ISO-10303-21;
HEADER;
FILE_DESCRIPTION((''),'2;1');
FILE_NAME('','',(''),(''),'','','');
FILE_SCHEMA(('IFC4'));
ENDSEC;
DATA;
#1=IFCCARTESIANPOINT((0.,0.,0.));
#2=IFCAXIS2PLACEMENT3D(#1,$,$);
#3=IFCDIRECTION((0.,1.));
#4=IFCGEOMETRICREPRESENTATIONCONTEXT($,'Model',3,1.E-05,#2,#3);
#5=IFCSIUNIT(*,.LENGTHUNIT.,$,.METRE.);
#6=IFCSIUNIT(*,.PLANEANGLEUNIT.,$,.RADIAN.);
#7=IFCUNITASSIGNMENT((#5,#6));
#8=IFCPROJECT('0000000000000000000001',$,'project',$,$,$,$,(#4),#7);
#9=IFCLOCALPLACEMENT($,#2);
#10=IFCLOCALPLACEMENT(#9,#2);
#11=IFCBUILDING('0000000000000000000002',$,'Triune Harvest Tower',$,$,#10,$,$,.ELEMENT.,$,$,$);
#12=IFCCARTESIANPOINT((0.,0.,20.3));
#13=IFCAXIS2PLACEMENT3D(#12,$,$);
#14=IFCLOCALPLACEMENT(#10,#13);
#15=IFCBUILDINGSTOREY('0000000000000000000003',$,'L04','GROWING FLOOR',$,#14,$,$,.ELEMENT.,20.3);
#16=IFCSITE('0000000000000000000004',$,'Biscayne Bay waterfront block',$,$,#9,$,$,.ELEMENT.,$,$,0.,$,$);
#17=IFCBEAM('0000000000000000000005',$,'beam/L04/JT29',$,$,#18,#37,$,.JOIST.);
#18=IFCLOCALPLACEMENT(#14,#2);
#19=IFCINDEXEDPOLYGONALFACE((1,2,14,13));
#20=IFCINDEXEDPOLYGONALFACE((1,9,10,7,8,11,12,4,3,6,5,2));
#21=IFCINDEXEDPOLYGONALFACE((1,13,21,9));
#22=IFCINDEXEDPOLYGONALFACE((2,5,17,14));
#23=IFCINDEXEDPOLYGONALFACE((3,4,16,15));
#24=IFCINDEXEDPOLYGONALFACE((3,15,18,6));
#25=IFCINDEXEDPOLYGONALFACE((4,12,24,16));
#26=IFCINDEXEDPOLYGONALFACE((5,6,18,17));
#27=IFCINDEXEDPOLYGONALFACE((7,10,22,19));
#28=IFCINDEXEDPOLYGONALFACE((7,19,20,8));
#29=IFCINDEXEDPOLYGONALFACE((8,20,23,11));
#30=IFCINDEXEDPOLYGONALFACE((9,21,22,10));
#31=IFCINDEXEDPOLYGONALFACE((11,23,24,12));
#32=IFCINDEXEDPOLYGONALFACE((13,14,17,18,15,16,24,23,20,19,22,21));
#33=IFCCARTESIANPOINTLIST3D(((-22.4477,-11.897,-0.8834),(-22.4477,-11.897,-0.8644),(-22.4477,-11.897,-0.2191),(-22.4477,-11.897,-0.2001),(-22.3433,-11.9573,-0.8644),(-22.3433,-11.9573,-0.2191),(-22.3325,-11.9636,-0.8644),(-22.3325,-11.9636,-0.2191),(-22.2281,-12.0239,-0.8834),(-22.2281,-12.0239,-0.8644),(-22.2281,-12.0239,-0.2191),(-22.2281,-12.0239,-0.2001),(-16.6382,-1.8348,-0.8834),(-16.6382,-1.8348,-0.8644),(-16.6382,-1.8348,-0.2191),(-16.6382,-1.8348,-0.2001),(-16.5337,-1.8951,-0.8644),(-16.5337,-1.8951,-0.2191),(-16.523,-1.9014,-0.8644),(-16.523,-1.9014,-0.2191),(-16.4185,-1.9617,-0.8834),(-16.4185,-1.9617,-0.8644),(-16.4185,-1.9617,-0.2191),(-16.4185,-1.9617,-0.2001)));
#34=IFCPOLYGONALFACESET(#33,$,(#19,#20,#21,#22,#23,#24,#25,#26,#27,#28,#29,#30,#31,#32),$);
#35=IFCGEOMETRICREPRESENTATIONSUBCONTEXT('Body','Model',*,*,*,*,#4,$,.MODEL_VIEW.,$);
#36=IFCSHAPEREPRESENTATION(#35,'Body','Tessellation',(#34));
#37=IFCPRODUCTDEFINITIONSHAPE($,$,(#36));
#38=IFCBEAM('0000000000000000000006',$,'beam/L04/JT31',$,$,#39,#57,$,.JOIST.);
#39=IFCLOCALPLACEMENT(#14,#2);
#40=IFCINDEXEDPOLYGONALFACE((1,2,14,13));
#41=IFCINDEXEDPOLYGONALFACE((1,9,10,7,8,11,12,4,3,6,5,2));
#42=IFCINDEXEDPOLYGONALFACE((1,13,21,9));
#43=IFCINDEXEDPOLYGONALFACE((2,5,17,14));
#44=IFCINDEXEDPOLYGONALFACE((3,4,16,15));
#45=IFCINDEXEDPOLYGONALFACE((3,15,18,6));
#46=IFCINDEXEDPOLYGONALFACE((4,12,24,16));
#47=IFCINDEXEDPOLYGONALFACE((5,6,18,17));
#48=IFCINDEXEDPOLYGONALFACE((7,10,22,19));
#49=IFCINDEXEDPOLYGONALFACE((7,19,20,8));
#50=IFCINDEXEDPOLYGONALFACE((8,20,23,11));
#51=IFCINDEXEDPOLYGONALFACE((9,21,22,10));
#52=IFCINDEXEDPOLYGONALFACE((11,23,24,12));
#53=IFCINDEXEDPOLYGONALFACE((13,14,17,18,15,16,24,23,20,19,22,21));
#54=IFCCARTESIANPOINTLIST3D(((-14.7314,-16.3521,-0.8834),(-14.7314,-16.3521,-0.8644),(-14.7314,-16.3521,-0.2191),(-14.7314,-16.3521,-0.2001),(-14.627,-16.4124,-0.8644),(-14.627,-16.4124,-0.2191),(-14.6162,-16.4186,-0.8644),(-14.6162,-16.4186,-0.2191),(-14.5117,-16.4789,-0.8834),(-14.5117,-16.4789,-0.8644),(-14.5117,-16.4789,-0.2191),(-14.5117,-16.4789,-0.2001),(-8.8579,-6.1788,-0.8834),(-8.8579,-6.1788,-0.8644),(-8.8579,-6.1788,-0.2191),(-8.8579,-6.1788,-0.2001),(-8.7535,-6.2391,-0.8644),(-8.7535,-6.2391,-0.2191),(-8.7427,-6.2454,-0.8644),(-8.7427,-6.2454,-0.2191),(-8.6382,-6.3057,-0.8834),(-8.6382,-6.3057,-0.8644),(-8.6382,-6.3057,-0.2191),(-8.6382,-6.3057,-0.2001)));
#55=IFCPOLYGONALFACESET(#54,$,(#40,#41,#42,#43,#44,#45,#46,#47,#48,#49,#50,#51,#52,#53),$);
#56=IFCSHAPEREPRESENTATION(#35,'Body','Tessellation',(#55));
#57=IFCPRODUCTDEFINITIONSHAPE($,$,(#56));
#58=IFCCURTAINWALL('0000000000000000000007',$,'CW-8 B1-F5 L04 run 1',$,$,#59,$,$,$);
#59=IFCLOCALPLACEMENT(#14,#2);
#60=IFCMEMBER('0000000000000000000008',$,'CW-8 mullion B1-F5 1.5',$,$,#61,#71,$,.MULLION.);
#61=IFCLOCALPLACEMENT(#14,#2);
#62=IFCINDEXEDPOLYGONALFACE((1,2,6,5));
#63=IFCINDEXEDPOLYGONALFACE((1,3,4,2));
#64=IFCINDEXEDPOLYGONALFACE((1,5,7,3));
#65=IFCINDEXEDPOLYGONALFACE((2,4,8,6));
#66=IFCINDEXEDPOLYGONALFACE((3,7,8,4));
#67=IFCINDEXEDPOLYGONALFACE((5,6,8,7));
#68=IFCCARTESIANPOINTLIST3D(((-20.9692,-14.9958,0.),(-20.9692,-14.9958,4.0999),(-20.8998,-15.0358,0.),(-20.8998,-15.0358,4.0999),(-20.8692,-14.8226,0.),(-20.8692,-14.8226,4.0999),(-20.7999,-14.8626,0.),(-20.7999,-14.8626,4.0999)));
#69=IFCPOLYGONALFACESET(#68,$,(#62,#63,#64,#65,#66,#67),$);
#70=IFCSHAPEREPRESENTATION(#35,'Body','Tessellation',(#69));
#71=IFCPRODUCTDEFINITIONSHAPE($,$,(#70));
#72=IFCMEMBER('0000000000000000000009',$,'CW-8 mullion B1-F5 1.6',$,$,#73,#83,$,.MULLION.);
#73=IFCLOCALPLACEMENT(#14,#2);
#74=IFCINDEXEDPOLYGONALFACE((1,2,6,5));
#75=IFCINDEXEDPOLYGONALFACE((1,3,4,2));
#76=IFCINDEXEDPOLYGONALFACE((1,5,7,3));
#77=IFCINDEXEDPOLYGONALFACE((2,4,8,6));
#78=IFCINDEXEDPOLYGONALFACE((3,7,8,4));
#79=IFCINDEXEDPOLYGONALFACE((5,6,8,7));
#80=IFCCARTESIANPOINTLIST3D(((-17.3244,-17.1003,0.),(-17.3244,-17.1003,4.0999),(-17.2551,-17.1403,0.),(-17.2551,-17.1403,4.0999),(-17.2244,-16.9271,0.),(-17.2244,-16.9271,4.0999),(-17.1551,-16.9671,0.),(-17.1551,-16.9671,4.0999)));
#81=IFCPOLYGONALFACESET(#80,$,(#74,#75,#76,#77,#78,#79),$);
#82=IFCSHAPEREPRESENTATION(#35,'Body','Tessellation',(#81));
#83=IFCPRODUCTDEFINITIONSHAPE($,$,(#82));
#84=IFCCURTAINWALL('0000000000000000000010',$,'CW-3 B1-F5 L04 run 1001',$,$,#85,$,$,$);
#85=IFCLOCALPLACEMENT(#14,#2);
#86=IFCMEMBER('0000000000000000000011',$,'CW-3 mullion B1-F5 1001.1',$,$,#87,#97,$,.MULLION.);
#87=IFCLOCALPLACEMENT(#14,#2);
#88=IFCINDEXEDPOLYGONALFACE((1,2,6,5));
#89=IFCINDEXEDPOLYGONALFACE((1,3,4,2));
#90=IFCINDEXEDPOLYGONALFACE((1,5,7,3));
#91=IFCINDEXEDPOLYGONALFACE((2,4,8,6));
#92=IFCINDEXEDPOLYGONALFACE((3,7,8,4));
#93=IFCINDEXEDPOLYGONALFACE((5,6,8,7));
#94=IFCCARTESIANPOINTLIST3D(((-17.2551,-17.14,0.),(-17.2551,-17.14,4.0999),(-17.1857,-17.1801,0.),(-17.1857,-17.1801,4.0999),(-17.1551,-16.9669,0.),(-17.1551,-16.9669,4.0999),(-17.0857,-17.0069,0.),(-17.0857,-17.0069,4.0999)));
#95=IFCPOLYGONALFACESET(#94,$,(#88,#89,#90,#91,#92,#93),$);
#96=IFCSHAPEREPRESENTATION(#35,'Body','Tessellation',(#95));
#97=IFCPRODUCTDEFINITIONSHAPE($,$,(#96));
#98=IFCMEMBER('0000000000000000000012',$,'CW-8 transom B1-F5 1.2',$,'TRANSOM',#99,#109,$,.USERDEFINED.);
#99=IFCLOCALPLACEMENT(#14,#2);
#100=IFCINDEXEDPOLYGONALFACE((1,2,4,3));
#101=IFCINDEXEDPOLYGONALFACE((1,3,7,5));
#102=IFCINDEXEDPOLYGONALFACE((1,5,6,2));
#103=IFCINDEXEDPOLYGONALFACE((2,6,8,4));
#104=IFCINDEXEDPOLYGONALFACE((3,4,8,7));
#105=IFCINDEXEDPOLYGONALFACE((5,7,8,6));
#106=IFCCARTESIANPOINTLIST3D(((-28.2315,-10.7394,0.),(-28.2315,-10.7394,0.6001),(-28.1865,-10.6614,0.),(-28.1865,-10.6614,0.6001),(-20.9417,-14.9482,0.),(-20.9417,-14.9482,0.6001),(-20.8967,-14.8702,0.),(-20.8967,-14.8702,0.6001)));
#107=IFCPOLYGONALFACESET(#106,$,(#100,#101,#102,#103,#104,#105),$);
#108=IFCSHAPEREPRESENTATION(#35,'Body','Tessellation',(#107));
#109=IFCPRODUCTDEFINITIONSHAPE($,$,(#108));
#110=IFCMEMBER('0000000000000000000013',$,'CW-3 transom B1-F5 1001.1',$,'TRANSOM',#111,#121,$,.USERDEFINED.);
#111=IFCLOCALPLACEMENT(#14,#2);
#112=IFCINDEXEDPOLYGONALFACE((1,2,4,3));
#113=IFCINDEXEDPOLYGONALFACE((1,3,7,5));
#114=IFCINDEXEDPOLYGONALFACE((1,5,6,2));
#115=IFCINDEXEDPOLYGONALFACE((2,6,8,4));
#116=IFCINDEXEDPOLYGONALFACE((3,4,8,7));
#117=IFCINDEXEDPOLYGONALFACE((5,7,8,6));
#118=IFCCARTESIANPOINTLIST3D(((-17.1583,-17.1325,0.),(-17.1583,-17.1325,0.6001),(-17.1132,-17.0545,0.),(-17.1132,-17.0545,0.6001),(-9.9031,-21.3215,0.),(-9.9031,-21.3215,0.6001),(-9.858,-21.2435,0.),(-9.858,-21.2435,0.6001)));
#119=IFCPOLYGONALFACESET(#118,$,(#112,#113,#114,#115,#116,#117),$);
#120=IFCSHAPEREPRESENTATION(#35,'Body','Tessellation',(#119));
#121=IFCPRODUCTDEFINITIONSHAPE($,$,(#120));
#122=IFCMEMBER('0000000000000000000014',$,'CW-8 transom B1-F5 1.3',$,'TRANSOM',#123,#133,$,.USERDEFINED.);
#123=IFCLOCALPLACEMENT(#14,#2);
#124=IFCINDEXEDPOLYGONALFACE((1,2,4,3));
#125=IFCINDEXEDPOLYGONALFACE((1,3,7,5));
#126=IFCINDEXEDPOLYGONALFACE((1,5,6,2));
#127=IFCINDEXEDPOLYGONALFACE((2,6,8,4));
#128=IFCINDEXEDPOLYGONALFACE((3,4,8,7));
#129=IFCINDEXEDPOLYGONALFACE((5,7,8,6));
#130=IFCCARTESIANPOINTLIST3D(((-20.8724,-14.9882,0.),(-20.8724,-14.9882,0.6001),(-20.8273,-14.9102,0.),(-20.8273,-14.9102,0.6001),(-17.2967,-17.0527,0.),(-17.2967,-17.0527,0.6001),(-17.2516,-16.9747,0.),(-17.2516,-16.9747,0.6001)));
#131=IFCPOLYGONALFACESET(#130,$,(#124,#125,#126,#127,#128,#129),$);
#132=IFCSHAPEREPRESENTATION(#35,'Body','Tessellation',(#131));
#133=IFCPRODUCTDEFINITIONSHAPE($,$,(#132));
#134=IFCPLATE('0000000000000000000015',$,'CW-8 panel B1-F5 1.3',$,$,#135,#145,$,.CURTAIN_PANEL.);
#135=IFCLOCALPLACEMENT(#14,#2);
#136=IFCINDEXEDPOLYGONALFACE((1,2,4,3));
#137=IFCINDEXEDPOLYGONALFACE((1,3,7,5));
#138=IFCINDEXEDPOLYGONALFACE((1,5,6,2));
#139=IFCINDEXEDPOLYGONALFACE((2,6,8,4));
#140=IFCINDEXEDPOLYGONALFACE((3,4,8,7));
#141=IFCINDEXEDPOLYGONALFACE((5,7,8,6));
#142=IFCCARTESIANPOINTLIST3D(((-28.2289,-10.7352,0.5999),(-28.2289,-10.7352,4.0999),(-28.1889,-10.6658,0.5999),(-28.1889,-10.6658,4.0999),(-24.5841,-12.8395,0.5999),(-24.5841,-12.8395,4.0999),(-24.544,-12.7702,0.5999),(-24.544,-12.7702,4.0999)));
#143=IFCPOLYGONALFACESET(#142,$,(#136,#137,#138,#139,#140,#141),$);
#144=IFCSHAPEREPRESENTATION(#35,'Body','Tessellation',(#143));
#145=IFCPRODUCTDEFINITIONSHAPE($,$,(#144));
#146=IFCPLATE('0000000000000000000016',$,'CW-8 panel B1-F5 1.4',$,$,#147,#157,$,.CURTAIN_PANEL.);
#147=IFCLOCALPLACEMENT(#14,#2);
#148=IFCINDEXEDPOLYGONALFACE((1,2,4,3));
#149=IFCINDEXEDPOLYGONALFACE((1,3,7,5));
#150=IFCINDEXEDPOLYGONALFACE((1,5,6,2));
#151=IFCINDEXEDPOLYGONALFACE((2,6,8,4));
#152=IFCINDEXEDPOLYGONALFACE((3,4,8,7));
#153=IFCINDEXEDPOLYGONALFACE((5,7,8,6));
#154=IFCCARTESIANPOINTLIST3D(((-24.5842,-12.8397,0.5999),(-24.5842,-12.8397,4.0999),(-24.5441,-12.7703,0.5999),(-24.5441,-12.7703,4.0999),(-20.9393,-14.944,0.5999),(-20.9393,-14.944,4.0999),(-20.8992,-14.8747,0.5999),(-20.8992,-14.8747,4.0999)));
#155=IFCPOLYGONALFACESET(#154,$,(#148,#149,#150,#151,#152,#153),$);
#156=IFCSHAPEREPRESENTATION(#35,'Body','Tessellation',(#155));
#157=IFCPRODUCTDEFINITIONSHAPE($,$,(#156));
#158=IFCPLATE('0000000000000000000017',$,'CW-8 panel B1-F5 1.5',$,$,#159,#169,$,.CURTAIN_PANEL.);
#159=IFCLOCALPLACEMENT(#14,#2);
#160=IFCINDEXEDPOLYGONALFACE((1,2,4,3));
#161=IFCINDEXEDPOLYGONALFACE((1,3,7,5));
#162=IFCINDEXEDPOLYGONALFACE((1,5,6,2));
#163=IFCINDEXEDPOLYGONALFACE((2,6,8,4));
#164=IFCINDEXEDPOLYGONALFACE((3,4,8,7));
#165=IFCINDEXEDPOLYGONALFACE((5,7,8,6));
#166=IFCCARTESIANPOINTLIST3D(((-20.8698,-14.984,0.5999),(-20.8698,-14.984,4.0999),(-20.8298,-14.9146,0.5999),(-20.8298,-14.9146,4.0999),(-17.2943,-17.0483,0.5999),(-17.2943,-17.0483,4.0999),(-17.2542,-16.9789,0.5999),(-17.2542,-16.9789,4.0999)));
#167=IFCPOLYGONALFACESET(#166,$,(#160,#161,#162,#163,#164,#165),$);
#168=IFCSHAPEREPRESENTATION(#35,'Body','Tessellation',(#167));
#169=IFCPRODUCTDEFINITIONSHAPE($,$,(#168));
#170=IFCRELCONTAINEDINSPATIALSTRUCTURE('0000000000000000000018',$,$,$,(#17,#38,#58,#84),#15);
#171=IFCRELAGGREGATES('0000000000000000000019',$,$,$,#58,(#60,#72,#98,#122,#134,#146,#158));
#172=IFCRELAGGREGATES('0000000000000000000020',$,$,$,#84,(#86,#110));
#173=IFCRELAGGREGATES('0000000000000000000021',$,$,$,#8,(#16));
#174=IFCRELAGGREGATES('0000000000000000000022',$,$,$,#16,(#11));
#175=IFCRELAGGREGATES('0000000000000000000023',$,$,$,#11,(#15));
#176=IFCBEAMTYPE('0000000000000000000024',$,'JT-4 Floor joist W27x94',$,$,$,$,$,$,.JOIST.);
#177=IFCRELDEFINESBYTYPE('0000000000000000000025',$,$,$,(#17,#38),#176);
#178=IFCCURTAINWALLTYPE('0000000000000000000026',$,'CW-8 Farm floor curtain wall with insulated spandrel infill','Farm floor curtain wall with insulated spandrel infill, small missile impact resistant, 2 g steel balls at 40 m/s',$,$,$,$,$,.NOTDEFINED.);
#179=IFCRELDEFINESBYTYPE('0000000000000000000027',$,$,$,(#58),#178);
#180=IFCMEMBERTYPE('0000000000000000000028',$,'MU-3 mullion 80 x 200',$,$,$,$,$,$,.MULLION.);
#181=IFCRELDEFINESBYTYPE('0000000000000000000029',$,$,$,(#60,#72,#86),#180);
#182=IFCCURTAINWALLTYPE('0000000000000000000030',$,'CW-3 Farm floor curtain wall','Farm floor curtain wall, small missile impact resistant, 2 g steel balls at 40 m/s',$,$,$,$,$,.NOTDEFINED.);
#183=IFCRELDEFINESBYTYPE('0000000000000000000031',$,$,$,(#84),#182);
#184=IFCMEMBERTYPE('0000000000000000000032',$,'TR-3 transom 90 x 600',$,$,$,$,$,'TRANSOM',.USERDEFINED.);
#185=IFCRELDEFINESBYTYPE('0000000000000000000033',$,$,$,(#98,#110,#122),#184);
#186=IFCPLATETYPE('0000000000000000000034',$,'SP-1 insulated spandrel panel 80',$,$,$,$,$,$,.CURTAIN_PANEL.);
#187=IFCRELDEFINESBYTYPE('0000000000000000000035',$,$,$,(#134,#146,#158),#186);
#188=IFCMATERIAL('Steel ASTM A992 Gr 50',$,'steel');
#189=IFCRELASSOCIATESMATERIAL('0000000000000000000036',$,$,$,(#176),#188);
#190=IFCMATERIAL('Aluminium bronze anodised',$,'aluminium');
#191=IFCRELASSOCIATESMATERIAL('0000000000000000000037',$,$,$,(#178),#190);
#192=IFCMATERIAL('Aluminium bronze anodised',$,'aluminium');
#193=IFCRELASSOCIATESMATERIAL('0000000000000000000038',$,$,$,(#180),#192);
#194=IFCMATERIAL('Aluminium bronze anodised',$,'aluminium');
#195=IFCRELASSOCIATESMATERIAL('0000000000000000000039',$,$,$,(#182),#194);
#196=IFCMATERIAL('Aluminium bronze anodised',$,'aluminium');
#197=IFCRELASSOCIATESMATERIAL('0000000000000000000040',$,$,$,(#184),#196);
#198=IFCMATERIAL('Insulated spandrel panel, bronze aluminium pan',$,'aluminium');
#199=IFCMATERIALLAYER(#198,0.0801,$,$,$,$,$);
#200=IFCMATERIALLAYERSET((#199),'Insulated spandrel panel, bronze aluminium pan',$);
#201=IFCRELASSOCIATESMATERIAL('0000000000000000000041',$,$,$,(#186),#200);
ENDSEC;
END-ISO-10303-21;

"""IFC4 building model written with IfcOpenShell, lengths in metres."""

from ifc_helpers import new_model, si_unit, direction, frame, origin, origin_2d, place, context, subcontext, project, spatial, rectangle, i_section, extrude, source, transform, mapped, material, layer, layer_set, material_profile, profile_set, type_object, element, aggregate, save


model = new_model("IFC4")

# Units and contexts
model_context = context("Model", 3, precision=1e-05, world=origin(), true_north=direction((0.0, 1.0)))
body_context = subcontext(model_context, "Body", "Model", "MODEL_VIEW")
ifc_project = project(units=[si_unit("LENGTHUNIT", "METRE"), si_unit("PLANEANGLEUNIT", "RADIAN")], contexts=[model_context])

# Site, building, storey
site_placement = place(None, origin())
site = spatial("IfcSite", under=ifc_project, at=site_placement, Name="Biscayne Bay waterfront block", CompositionType="ELEMENT", RefElevation=0.0)
building_placement = place(site_placement, origin())
building = spatial("IfcBuilding", under=site, at=building_placement, Name="Triune Harvest Tower", CompositionType="ELEMENT")
storey_placement = place(building_placement, frame((0.0, 0.0, 20.3)))
storey = spatial("IfcBuildingStorey", under=building, at=storey_placement, Name="L04", Description="GROWING FLOOR", CompositionType="ELEMENT", Elevation=20.3)

# Beams
ifc_material_1 = material(Name="Steel ASTM A992 Gr 50", Category="steel")
ifc_material_profile_1 = material_profile(ifc_material_1, i_section(OverallWidth=0.2537, OverallDepth=0.6833, WebThickness=0.0125, FlangeThickness=0.019, at=origin_2d()), Name="W27x94")
ifc_profile_set_1 = profile_set([ifc_material_profile_1], Name="Steel ASTM A992 Gr 50")
beam_type_1 = type_object("IfcBeamType", Name="JT-4 Floor joist W27x94", PredefinedType="JOIST", material=ifc_profile_set_1)
shared_shape_1 = source(origin(), body_context, "Body", "SweptSolid", [
    extrude(i_section(OverallWidth=0.2537, OverallDepth=0.6833, WebThickness=0.0125, FlangeThickness=0.019, at=origin_2d()), origin(), (0.0, 0.0, 1.0), 11.6189),
])
beam_1_placement = place(storey_placement, frame((-22.3379, -11.9604, -0.5417), z_axis=(0.500008, 0.866021, 0.0), x_axis=(-0.866021, 0.500008, 0.0)))
element("IfcBeam", 1, at=beam_1_placement, inside=storey, type_object=beam_type_1, Name="beam/L04/JT29", PredefinedType="JOIST", context=body_context, shape_type="MappedRepresentation", body=[
    mapped(shared_shape_1, transform((0.0, 0.0, 0.0), scale=1.0)),
])
shared_shape_2 = source(origin(), body_context, "Body", "SweptSolid", [
    extrude(i_section(OverallWidth=0.2537, OverallDepth=0.6833, WebThickness=0.0125, FlangeThickness=0.019, at=origin_2d()), origin(), (0.0, 0.0, 1.0), 11.7471),
])
beam_2_placement = place(storey_placement, frame((-14.6216, -16.4155, -0.5417), z_axis=(0.499997, 0.866027, 0.0), x_axis=(-0.866027, 0.499997, 0.0)))
element("IfcBeam", 2, at=beam_2_placement, inside=storey, type_object=beam_type_1, Name="beam/L04/JT31", PredefinedType="JOIST", context=body_context, shape_type="MappedRepresentation", body=[
    mapped(shared_shape_2, transform((0.0, 0.0, 0.0), scale=1.0)),
])

# Curtain wall, members
ifc_material_2 = material(Name="Aluminium bronze anodised", Category="aluminium")
curtain_wall_type_1 = type_object("IfcCurtainWallType", Name="CW-8 Farm floor curtain wall with insulated spandrel infill", Description="Farm floor curtain wall with insulated spandrel infill, small missile impact resistant, 2 g steel balls at 40 m/s", PredefinedType="NOTDEFINED", material=ifc_material_2)
curtain_wall_1_placement = place(storey_placement, origin())
curtain_wall_1 = element("IfcCurtainWall", 3, at=curtain_wall_1_placement, inside=storey, type_object=curtain_wall_type_1, Name="CW-8 B1-F5 L04 run 1")
ifc_material_3 = material(Name="Aluminium bronze anodised", Category="aluminium")
ifc_material_profile_2 = material_profile(ifc_material_3, rectangle(XDim=0.2, YDim=0.0801, at=origin_2d()), Name="MU-3 mullion 80 x 200")
ifc_profile_set_2 = profile_set([ifc_material_profile_2], Name="Aluminium bronze anodised")
member_type_1 = type_object("IfcMemberType", Name="MU-3 mullion 80 x 200", PredefinedType="MULLION", material=ifc_profile_set_2)
shared_shape_3 = source(origin(), body_context, "Body", "SweptSolid", [
    extrude(rectangle(XDim=0.2, YDim=0.0801, at=origin_2d()), origin(), (0.0, 0.0, 1.0), 4.0999),
])
member_1_placement = place(storey_placement, frame((-20.8845, -14.9292, 0.0), z_axis=(0.0, 0.0, 1.0), x_axis=(0.499999, 0.866026, 0.0)))
member_1 = element("IfcMember", 4, at=member_1_placement, type_object=member_type_1, Name="CW-8 mullion B1-F5 1.5", PredefinedType="MULLION", context=body_context, shape_type="MappedRepresentation", body=[
    mapped(shared_shape_3, transform((0.0, 0.0, 0.0), scale=1.0)),
])
member_2_placement = place(storey_placement, frame((-17.2397, -17.0337, 0.0), z_axis=(0.0, 0.0, 1.0), x_axis=(0.499999, 0.866026, 0.0)))
member_2 = element("IfcMember", 5, at=member_2_placement, type_object=member_type_1, Name="CW-8 mullion B1-F5 1.6", PredefinedType="MULLION", context=body_context, shape_type="MappedRepresentation", body=[
    mapped(shared_shape_3, transform((0.0, 0.0, 0.0), scale=1.0)),
])

# Curtain wall, member
ifc_material_4 = material(Name="Aluminium bronze anodised", Category="aluminium")
curtain_wall_type_2 = type_object("IfcCurtainWallType", Name="CW-3 Farm floor curtain wall", Description="Farm floor curtain wall, small missile impact resistant, 2 g steel balls at 40 m/s", PredefinedType="NOTDEFINED", material=ifc_material_4)
curtain_wall_2_placement = place(storey_placement, origin())
curtain_wall_2 = element("IfcCurtainWall", 6, at=curtain_wall_2_placement, inside=storey, type_object=curtain_wall_type_2, Name="CW-3 B1-F5 L04 run 1001")
member_3_placement = place(storey_placement, frame((-17.1704, -17.0735, 0.0), z_axis=(0.0, 0.0, 1.0), x_axis=(0.5, 0.866025, 0.0)))
member_3 = element("IfcMember", 7, at=member_3_placement, type_object=member_type_1, Name="CW-3 mullion B1-F5 1001.1", PredefinedType="MULLION", context=body_context, shape_type="MappedRepresentation", body=[
    mapped(shared_shape_3, transform((0.0, 0.0, 0.0), scale=1.0)),
])

# Members
ifc_material_5 = material(Name="Aluminium bronze anodised", Category="aluminium")
ifc_material_profile_3 = material_profile(ifc_material_5, rectangle(XDim=0.0901, YDim=0.6001, at=origin_2d()), Name="TR-3 transom 90 x 600")
ifc_profile_set_3 = profile_set([ifc_material_profile_3], Name="Aluminium bronze anodised")
member_type_2 = type_object("IfcMemberType", Name="TR-3 transom 90 x 600", ElementType="TRANSOM", PredefinedType="USERDEFINED", material=ifc_profile_set_3)
shared_shape_4 = source(origin(), body_context, "Body", "SweptSolid", [
    extrude(rectangle(XDim=0.0901, YDim=0.6001, at=origin_2d()), origin(), (0.0, 0.0, 1.0), 8.4175),
])
member_4_placement = place(storey_placement, frame((-28.209, -10.7004, 0.3), z_axis=(0.866027, -0.499998, 0.0), x_axis=(0.499998, 0.866027, 0.0)))
member_4 = element("IfcMember", 8, at=member_4_placement, type_object=member_type_2, Name="CW-8 transom B1-F5 1.2", ObjectType="TRANSOM", PredefinedType="USERDEFINED", context=body_context, shape_type="MappedRepresentation", body=[
    mapped(shared_shape_4, transform((0.0, 0.0, 0.0), scale=1.0)),
])
shared_shape_5 = source(origin(), body_context, "Body", "SweptSolid", [
    extrude(rectangle(XDim=0.0901, YDim=0.6001, at=origin_2d()), origin(), (0.0, 0.0, 1.0), 8.3777),
])
member_5_placement = place(storey_placement, frame((-17.1357, -17.0935, 0.3), z_axis=(0.866014, -0.500019, 0.0), x_axis=(0.500019, 0.866014, 0.0)))
member_5 = element("IfcMember", 9, at=member_5_placement, type_object=member_type_2, Name="CW-3 transom B1-F5 1001.1", ObjectType="TRANSOM", PredefinedType="USERDEFINED", context=body_context, shape_type="MappedRepresentation", body=[
    mapped(shared_shape_5, transform((0.0, 0.0, 0.0), scale=1.0)),
])
shared_shape_6 = source(origin(), body_context, "Body", "SweptSolid", [
    extrude(rectangle(XDim=0.0901, YDim=0.6001, at=origin_2d()), origin(), (0.0, 0.0, 1.0), 4.1289),
])
member_6_placement = place(storey_placement, frame((-20.8499, -14.9492, 0.3), z_axis=(0.866022, -0.500006, 0.0), x_axis=(0.500006, 0.866022, 0.0)))
member_6 = element("IfcMember", 10, at=member_6_placement, type_object=member_type_2, Name="CW-8 transom B1-F5 1.3", ObjectType="TRANSOM", PredefinedType="USERDEFINED", context=body_context, shape_type="MappedRepresentation", body=[
    mapped(shared_shape_6, transform((0.0, 0.0, 0.0), scale=1.0)),
])

# Plates
ifc_material_6 = material(Name="Insulated spandrel panel, bronze aluminium pan", Category="aluminium")
ifc_layer_1 = layer(ifc_material_6, 0.0801)
ifc_layer_set_1 = layer_set([ifc_layer_1], Name="Insulated spandrel panel, bronze aluminium pan")
plate_type_1 = type_object("IfcPlateType", Name="SP-1 insulated spandrel panel 80", PredefinedType="CURTAIN_PANEL", material=ifc_layer_set_1)
shared_shape_7 = source(origin(), body_context, "Body", "SweptSolid", [
    extrude(rectangle(XDim=4.2087, YDim=0.0801, at=origin_2d()), origin(), (0.0, 0.0, 1.0), 3.5),
])
plate_1_placement = place(storey_placement, frame((-26.3865, -11.7527, 0.5999), z_axis=(0.0, 0.0, 1.0), x_axis=(0.866026, -0.499999, 0.0)))
plate_1 = element("IfcPlate", 11, at=plate_1_placement, type_object=plate_type_1, Name="CW-8 panel B1-F5 1.3", PredefinedType="CURTAIN_PANEL", context=body_context, shape_type="MappedRepresentation", body=[
    mapped(shared_shape_7, transform((0.0, 0.0, 0.0), scale=1.0)),
])
plate_2_placement = place(storey_placement, frame((-22.7417, -13.8572, 0.5999), z_axis=(0.0, 0.0, 1.0), x_axis=(0.866026, -0.499999, 0.0)))
plate_2 = element("IfcPlate", 12, at=plate_2_placement, type_object=plate_type_1, Name="CW-8 panel B1-F5 1.4", PredefinedType="CURTAIN_PANEL", context=body_context, shape_type="MappedRepresentation", body=[
    mapped(shared_shape_7, transform((0.0, 0.0, 0.0), scale=1.0)),
])
shared_shape_8 = source(origin(), body_context, "Body", "SweptSolid", [
    extrude(rectangle(XDim=4.1287, YDim=0.0801, at=origin_2d()), origin(), (0.0, 0.0, 1.0), 3.5),
])
plate_3_placement = place(storey_placement, frame((-19.062, -15.9814, 0.5999), z_axis=(0.0, 0.0, 1.0), x_axis=(0.866026, -0.499999, 0.0)))
plate_3 = element("IfcPlate", 13, at=plate_3_placement, type_object=plate_type_1, Name="CW-8 panel B1-F5 1.5", PredefinedType="CURTAIN_PANEL", context=body_context, shape_type="MappedRepresentation", body=[
    mapped(shared_shape_8, transform((0.0, 0.0, 0.0), scale=1.0)),
])
aggregate(curtain_wall_1, [member_1, member_2, member_4, member_6, plate_1, plate_2, plate_3])
aggregate(curtain_wall_2, [member_3, member_5])

save(model, "model.ifc")
